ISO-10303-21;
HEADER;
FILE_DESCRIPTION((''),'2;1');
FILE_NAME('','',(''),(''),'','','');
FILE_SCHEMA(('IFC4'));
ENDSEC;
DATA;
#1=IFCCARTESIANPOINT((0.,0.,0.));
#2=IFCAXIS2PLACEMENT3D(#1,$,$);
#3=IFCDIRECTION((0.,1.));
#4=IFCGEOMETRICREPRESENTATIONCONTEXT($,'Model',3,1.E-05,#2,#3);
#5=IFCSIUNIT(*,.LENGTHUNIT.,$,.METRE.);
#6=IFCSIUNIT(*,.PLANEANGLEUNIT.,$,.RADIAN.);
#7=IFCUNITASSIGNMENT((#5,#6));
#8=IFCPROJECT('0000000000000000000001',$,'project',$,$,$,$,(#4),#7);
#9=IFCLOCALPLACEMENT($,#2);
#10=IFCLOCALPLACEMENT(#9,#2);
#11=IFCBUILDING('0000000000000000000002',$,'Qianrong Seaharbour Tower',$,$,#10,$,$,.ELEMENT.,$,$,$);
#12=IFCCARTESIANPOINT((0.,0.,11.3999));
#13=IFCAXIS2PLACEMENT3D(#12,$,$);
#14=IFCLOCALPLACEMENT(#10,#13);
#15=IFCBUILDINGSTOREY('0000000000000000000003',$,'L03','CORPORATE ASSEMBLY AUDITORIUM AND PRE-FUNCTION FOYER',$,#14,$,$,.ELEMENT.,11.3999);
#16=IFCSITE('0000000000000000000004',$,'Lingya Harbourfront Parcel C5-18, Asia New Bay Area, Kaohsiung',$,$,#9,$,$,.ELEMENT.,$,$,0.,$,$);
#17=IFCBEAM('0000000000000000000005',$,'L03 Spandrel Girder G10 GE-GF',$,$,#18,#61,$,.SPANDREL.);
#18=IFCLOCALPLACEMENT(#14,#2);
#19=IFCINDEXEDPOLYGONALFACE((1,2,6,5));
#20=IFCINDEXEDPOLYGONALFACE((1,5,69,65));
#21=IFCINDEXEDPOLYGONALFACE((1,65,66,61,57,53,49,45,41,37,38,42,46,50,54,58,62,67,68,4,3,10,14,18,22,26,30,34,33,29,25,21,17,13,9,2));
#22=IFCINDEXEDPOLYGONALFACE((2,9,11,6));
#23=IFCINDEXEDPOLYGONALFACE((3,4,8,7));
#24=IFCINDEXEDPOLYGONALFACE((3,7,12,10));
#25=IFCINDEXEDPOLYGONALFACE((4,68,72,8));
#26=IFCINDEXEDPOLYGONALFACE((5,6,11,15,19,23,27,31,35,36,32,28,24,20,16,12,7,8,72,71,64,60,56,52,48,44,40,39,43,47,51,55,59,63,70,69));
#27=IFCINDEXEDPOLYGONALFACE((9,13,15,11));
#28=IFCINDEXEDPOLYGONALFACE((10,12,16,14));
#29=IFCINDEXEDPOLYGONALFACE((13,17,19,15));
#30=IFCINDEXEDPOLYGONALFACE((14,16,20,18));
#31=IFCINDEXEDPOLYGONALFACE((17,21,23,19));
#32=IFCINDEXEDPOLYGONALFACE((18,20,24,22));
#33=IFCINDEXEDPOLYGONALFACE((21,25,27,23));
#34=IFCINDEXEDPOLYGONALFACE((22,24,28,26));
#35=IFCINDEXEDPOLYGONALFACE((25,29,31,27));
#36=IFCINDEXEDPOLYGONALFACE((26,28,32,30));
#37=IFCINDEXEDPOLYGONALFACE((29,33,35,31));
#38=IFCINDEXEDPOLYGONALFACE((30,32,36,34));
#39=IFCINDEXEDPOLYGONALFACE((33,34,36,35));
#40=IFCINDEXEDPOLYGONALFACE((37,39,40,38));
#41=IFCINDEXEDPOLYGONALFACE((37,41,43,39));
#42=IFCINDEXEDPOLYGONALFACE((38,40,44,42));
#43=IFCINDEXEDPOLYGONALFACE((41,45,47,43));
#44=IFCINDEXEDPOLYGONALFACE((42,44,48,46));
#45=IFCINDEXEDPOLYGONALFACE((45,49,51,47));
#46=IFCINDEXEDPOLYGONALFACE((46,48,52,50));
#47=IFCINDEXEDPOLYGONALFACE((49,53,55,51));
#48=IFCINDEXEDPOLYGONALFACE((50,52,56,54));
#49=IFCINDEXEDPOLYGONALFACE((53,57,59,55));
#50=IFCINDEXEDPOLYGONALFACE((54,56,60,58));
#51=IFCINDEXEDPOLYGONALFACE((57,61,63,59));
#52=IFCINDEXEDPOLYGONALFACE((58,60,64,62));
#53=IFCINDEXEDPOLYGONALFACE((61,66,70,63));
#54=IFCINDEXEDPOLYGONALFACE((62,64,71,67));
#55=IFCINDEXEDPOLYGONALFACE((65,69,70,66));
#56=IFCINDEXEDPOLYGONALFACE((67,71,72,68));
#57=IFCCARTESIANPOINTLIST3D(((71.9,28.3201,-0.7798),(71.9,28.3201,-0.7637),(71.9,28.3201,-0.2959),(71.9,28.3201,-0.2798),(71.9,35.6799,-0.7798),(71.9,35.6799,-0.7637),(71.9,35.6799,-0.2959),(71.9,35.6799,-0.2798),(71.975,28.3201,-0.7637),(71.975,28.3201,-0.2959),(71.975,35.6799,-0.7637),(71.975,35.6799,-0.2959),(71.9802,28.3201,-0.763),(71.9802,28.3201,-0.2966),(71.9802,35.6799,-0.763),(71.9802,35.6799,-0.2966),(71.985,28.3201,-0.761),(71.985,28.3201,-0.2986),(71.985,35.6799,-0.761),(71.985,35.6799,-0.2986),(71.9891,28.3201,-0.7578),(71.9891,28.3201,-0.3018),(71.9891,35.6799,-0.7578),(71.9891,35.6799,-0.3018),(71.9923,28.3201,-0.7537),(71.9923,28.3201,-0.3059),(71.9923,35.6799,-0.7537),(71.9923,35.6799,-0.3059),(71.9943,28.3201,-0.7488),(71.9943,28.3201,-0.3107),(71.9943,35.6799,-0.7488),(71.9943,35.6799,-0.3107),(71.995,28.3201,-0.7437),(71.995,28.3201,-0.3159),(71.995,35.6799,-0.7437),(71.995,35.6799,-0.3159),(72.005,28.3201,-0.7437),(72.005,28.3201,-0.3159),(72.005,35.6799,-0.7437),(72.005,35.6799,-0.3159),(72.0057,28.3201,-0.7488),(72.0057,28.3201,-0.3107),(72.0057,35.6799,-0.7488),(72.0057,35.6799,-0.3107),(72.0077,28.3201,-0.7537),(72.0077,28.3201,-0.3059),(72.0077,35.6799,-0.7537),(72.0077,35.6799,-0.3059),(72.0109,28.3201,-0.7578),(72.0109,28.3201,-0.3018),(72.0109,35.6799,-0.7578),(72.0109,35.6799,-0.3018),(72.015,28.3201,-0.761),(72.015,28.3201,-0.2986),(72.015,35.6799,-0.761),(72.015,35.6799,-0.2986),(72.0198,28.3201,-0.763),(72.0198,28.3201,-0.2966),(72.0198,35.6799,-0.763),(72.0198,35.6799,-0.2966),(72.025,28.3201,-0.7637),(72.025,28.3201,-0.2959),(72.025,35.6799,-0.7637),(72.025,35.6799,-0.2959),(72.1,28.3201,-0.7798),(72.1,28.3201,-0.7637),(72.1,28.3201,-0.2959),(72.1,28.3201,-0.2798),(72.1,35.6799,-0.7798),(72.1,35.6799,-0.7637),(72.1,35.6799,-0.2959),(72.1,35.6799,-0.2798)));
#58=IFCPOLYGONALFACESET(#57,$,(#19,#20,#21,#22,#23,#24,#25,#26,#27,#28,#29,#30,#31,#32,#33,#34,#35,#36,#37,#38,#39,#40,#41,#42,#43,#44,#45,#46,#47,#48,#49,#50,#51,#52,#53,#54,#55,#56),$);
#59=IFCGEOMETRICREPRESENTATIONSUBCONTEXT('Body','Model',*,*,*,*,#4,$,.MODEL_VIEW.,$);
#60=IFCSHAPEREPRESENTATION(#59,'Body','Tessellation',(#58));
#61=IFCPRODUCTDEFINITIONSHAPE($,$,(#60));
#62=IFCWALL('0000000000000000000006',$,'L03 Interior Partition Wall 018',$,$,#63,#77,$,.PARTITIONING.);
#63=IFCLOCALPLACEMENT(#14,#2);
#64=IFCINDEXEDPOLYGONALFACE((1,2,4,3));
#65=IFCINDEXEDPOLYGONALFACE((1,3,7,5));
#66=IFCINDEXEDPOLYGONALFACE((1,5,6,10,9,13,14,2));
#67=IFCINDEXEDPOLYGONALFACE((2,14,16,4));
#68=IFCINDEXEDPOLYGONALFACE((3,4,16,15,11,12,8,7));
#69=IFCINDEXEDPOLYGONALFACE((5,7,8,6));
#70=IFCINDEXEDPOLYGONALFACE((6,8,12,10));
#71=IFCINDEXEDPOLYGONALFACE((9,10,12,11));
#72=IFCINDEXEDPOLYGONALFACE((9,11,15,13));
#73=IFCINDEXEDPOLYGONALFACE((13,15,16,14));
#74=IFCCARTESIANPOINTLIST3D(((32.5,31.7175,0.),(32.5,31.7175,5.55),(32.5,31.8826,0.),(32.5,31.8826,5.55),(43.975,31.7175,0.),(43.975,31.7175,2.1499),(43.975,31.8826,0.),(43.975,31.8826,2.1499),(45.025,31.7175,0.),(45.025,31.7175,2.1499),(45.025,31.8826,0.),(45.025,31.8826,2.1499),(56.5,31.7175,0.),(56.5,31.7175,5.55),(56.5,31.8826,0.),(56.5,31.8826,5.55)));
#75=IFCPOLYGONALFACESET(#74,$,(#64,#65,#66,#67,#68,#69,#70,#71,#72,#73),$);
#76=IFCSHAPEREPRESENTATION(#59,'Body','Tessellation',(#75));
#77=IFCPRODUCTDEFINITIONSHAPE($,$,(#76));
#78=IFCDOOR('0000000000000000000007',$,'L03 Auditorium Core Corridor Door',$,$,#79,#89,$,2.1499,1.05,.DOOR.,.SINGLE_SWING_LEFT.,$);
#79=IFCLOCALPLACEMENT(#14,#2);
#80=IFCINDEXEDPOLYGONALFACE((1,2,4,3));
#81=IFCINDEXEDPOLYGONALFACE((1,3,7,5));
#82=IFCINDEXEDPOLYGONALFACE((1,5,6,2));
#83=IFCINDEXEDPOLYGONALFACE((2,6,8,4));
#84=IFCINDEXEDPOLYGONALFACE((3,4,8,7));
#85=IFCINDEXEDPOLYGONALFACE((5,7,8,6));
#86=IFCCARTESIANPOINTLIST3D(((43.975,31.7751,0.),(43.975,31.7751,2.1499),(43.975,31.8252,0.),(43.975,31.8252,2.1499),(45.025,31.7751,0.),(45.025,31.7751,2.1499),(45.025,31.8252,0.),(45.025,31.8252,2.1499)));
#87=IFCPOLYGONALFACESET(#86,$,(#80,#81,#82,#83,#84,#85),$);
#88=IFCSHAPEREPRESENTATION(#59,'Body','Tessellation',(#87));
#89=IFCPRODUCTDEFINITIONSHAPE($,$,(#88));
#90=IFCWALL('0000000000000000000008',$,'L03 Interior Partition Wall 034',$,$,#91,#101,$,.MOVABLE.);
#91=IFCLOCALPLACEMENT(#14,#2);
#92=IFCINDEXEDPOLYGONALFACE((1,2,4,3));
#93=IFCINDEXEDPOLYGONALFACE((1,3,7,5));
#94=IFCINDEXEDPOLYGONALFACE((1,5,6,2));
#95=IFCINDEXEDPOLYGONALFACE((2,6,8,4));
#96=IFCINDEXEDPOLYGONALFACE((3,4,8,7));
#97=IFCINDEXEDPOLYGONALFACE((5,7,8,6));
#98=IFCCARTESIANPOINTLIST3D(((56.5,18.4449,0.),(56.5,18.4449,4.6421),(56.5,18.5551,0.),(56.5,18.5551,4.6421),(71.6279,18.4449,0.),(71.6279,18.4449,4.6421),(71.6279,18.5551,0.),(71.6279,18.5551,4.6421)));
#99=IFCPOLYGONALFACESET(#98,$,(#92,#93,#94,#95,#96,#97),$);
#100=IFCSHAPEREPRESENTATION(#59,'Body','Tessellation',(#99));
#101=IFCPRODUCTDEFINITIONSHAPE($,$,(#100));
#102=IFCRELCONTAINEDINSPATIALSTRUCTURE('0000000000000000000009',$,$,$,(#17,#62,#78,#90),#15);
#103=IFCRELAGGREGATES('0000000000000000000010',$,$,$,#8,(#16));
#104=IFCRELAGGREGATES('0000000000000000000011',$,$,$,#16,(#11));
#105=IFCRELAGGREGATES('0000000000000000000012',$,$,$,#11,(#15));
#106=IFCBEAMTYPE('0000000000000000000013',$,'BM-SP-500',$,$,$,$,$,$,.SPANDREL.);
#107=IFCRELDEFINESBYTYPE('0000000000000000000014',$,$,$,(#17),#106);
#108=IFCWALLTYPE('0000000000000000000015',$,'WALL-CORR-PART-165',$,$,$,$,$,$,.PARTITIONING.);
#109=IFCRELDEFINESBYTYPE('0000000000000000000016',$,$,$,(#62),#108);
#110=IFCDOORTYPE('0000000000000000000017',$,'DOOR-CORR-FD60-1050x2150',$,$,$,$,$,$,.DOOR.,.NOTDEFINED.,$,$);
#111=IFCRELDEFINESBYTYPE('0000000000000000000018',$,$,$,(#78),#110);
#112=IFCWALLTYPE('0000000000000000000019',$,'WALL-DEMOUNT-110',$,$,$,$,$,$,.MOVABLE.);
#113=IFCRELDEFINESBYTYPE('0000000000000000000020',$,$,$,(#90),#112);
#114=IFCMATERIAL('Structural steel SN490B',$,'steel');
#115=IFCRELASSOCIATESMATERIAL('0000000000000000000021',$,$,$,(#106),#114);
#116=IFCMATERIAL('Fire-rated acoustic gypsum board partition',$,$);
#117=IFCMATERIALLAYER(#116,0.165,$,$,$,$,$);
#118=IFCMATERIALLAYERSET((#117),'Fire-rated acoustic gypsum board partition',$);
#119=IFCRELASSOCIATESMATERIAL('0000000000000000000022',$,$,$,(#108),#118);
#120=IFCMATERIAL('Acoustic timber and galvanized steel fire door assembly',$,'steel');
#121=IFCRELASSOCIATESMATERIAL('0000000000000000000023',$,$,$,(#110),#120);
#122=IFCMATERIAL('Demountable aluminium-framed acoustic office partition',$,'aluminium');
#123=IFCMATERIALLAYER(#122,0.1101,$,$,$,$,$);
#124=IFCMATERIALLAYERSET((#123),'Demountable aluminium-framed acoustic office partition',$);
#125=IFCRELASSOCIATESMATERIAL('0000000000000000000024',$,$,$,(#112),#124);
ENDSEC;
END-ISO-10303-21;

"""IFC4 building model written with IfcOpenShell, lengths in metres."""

from ifc_helpers import new_model, si_unit, direction, frame, frame_2d, origin, origin_2d, place, context, subcontext, project, spatial, rectangle, i_section, extrude, material, layer, layer_set, material_profile, profile_set, type_object, element, fill, save


model = new_model("IFC4")

# Units and contexts
model_context = context("Model", 3, precision=1e-05, world=origin(), true_north=direction((0.0, 1.0)))
body_context = subcontext(model_context, "Body", "Model", "MODEL_VIEW")
ifc_project = project(units=[si_unit("LENGTHUNIT", "METRE"), si_unit("PLANEANGLEUNIT", "RADIAN")], contexts=[model_context])

# Site, building, storey
site_placement = place(None, origin())
site = spatial("IfcSite", under=ifc_project, at=site_placement, Name="Lingya Harbourfront Parcel C5-18, Asia New Bay Area, Kaohsiung", CompositionType="ELEMENT", RefElevation=0.0)
building_placement = place(site_placement, origin())
building = spatial("IfcBuilding", under=site, at=building_placement, Name="Qianrong Seaharbour Tower", CompositionType="ELEMENT")
storey_placement = place(building_placement, frame((0.0, 0.0, 11.3999)))
storey = spatial("IfcBuildingStorey", under=building, at=storey_placement, Name="L03", Description="CORPORATE ASSEMBLY AUDITORIUM AND PRE-FUNCTION FOYER", CompositionType="ELEMENT", Elevation=11.3999)

# Shared definitions
ifc_material_1 = material(Name="Structural steel SN490B", Category="steel")

# Beam
ifc_material_profile_1 = material_profile(ifc_material_1, i_section(OverallWidth=0.2, OverallDepth=0.5, WebThickness=0.01, FlangeThickness=0.0161, FilletRadius=0.02, at=origin_2d()), Name="H500x200x10x16")
ifc_profile_set_1 = profile_set([ifc_material_profile_1], Name="Structural steel SN490B")
beam_type_1 = type_object("IfcBeamType", Name="BM-SP-500", PredefinedType="SPANDREL", material=ifc_profile_set_1)
beam_1_placement = place(storey_placement, frame((72.0, 28.3201, -0.5298), z_axis=(0.0, 1.0, 0.0), x_axis=(-1.0, 0.0, 0.0)))
element("IfcBeam", 1, at=beam_1_placement, inside=storey, type_object=beam_type_1, Name="L03 Spandrel Girder G10 GE-GF", PredefinedType="SPANDREL", context=body_context, shape_type="SweptSolid", body=[
    extrude(i_section(OverallWidth=0.2, OverallDepth=0.5, WebThickness=0.01, FlangeThickness=0.0161, FilletRadius=0.02, at=origin_2d()), origin(), (0.0, 0.0, 1.0), 7.3599),
])

# Wall, opening, door
ifc_material_2 = material(Name="Fire-rated acoustic gypsum board partition")
ifc_layer_1 = layer(ifc_material_2, 0.165)
ifc_layer_set_1 = layer_set([ifc_layer_1], Name="Fire-rated acoustic gypsum board partition")
wall_type_1 = type_object("IfcWallType", Name="WALL-CORR-PART-165", PredefinedType="PARTITIONING", material=ifc_layer_set_1)
wall_1_placement = place(storey_placement, frame((56.5, 31.8, 0.0), z_axis=(0.0, 0.0, 1.0), x_axis=(-1.0, 0.0, 0.0)))
wall_1 = element("IfcWall", 2, at=wall_1_placement, inside=storey, type_object=wall_type_1, Name="L03 Interior Partition Wall 018", PredefinedType="PARTITIONING", context=body_context, shape_type="SweptSolid", body=[
    extrude(rectangle(XDim=24.0, YDim=0.165, at=frame_2d((12.0, 0.0))), origin(), (0.0, 0.0, 1.0), 5.55),
])
opening_placement = place(wall_1_placement, frame((11.4751, 0.0, 0.0)))
opening = element("IfcOpeningElement", 3, at=opening_placement, cuts=wall_1, PredefinedType="OPENING", context=body_context, shape_type="SweptSolid", body=[
    extrude(rectangle(XDim=1.05, YDim=2.1499, at=frame_2d((0.5249, 1.075))), frame((0.0, 0.0925, 0.0), z_axis=(0.0, -1.0, 0.0), x_axis=(1.0, 0.0, 0.0)), (0.0, 0.0, 1.0), 0.1851),
])
ifc_material_3 = material(Name="Acoustic timber and galvanized steel fire door assembly", Category="steel")
door_type = type_object("IfcDoorType", Name="DOOR-CORR-FD60-1050x2150", OperationType="NOTDEFINED", PredefinedType="DOOR", material=ifc_material_3)
door_placement = place(opening_placement, origin())
door = element("IfcDoor", 4, at=door_placement, inside=storey, type_object=door_type, Name="L03 Auditorium Core Corridor Door", OperationType="SINGLE_SWING_LEFT", OverallHeight=2.1499, OverallWidth=1.05, PredefinedType="DOOR", context=body_context, shape_type="SweptSolid", body=[
    extrude(rectangle(XDim=1.05, YDim=2.1499, at=frame_2d((0.5249, 1.075))), frame((0.0, 0.0249, 0.0), z_axis=(0.0, -1.0, 0.0), x_axis=(1.0, 0.0, 0.0)), (0.0, 0.0, 1.0), 0.05),
])
fill(opening, door)

# Wall
ifc_material_4 = material(Name="Demountable aluminium-framed acoustic office partition", Category="aluminium")
ifc_layer_2 = layer(ifc_material_4, 0.1101)
ifc_layer_set_2 = layer_set([ifc_layer_2], Name="Demountable aluminium-framed acoustic office partition")
wall_type_2 = type_object("IfcWallType", Name="WALL-DEMOUNT-110", PredefinedType="MOVABLE", material=ifc_layer_set_2)
wall_2_placement = place(storey_placement, frame((71.6279, 18.5, 0.0), z_axis=(0.0, 0.0, 1.0), x_axis=(-1.0, 0.0, 0.0)))
element("IfcWall", 5, at=wall_2_placement, inside=storey, type_object=wall_type_2, Name="L03 Interior Partition Wall 034", PredefinedType="MOVABLE", context=body_context, shape_type="SweptSolid", body=[
    extrude(rectangle(XDim=15.1279, YDim=0.1101, at=frame_2d((7.564, 0.0))), origin(), (0.0, 0.0, 1.0), 4.6421),
])

save(model, "model.ifc")
